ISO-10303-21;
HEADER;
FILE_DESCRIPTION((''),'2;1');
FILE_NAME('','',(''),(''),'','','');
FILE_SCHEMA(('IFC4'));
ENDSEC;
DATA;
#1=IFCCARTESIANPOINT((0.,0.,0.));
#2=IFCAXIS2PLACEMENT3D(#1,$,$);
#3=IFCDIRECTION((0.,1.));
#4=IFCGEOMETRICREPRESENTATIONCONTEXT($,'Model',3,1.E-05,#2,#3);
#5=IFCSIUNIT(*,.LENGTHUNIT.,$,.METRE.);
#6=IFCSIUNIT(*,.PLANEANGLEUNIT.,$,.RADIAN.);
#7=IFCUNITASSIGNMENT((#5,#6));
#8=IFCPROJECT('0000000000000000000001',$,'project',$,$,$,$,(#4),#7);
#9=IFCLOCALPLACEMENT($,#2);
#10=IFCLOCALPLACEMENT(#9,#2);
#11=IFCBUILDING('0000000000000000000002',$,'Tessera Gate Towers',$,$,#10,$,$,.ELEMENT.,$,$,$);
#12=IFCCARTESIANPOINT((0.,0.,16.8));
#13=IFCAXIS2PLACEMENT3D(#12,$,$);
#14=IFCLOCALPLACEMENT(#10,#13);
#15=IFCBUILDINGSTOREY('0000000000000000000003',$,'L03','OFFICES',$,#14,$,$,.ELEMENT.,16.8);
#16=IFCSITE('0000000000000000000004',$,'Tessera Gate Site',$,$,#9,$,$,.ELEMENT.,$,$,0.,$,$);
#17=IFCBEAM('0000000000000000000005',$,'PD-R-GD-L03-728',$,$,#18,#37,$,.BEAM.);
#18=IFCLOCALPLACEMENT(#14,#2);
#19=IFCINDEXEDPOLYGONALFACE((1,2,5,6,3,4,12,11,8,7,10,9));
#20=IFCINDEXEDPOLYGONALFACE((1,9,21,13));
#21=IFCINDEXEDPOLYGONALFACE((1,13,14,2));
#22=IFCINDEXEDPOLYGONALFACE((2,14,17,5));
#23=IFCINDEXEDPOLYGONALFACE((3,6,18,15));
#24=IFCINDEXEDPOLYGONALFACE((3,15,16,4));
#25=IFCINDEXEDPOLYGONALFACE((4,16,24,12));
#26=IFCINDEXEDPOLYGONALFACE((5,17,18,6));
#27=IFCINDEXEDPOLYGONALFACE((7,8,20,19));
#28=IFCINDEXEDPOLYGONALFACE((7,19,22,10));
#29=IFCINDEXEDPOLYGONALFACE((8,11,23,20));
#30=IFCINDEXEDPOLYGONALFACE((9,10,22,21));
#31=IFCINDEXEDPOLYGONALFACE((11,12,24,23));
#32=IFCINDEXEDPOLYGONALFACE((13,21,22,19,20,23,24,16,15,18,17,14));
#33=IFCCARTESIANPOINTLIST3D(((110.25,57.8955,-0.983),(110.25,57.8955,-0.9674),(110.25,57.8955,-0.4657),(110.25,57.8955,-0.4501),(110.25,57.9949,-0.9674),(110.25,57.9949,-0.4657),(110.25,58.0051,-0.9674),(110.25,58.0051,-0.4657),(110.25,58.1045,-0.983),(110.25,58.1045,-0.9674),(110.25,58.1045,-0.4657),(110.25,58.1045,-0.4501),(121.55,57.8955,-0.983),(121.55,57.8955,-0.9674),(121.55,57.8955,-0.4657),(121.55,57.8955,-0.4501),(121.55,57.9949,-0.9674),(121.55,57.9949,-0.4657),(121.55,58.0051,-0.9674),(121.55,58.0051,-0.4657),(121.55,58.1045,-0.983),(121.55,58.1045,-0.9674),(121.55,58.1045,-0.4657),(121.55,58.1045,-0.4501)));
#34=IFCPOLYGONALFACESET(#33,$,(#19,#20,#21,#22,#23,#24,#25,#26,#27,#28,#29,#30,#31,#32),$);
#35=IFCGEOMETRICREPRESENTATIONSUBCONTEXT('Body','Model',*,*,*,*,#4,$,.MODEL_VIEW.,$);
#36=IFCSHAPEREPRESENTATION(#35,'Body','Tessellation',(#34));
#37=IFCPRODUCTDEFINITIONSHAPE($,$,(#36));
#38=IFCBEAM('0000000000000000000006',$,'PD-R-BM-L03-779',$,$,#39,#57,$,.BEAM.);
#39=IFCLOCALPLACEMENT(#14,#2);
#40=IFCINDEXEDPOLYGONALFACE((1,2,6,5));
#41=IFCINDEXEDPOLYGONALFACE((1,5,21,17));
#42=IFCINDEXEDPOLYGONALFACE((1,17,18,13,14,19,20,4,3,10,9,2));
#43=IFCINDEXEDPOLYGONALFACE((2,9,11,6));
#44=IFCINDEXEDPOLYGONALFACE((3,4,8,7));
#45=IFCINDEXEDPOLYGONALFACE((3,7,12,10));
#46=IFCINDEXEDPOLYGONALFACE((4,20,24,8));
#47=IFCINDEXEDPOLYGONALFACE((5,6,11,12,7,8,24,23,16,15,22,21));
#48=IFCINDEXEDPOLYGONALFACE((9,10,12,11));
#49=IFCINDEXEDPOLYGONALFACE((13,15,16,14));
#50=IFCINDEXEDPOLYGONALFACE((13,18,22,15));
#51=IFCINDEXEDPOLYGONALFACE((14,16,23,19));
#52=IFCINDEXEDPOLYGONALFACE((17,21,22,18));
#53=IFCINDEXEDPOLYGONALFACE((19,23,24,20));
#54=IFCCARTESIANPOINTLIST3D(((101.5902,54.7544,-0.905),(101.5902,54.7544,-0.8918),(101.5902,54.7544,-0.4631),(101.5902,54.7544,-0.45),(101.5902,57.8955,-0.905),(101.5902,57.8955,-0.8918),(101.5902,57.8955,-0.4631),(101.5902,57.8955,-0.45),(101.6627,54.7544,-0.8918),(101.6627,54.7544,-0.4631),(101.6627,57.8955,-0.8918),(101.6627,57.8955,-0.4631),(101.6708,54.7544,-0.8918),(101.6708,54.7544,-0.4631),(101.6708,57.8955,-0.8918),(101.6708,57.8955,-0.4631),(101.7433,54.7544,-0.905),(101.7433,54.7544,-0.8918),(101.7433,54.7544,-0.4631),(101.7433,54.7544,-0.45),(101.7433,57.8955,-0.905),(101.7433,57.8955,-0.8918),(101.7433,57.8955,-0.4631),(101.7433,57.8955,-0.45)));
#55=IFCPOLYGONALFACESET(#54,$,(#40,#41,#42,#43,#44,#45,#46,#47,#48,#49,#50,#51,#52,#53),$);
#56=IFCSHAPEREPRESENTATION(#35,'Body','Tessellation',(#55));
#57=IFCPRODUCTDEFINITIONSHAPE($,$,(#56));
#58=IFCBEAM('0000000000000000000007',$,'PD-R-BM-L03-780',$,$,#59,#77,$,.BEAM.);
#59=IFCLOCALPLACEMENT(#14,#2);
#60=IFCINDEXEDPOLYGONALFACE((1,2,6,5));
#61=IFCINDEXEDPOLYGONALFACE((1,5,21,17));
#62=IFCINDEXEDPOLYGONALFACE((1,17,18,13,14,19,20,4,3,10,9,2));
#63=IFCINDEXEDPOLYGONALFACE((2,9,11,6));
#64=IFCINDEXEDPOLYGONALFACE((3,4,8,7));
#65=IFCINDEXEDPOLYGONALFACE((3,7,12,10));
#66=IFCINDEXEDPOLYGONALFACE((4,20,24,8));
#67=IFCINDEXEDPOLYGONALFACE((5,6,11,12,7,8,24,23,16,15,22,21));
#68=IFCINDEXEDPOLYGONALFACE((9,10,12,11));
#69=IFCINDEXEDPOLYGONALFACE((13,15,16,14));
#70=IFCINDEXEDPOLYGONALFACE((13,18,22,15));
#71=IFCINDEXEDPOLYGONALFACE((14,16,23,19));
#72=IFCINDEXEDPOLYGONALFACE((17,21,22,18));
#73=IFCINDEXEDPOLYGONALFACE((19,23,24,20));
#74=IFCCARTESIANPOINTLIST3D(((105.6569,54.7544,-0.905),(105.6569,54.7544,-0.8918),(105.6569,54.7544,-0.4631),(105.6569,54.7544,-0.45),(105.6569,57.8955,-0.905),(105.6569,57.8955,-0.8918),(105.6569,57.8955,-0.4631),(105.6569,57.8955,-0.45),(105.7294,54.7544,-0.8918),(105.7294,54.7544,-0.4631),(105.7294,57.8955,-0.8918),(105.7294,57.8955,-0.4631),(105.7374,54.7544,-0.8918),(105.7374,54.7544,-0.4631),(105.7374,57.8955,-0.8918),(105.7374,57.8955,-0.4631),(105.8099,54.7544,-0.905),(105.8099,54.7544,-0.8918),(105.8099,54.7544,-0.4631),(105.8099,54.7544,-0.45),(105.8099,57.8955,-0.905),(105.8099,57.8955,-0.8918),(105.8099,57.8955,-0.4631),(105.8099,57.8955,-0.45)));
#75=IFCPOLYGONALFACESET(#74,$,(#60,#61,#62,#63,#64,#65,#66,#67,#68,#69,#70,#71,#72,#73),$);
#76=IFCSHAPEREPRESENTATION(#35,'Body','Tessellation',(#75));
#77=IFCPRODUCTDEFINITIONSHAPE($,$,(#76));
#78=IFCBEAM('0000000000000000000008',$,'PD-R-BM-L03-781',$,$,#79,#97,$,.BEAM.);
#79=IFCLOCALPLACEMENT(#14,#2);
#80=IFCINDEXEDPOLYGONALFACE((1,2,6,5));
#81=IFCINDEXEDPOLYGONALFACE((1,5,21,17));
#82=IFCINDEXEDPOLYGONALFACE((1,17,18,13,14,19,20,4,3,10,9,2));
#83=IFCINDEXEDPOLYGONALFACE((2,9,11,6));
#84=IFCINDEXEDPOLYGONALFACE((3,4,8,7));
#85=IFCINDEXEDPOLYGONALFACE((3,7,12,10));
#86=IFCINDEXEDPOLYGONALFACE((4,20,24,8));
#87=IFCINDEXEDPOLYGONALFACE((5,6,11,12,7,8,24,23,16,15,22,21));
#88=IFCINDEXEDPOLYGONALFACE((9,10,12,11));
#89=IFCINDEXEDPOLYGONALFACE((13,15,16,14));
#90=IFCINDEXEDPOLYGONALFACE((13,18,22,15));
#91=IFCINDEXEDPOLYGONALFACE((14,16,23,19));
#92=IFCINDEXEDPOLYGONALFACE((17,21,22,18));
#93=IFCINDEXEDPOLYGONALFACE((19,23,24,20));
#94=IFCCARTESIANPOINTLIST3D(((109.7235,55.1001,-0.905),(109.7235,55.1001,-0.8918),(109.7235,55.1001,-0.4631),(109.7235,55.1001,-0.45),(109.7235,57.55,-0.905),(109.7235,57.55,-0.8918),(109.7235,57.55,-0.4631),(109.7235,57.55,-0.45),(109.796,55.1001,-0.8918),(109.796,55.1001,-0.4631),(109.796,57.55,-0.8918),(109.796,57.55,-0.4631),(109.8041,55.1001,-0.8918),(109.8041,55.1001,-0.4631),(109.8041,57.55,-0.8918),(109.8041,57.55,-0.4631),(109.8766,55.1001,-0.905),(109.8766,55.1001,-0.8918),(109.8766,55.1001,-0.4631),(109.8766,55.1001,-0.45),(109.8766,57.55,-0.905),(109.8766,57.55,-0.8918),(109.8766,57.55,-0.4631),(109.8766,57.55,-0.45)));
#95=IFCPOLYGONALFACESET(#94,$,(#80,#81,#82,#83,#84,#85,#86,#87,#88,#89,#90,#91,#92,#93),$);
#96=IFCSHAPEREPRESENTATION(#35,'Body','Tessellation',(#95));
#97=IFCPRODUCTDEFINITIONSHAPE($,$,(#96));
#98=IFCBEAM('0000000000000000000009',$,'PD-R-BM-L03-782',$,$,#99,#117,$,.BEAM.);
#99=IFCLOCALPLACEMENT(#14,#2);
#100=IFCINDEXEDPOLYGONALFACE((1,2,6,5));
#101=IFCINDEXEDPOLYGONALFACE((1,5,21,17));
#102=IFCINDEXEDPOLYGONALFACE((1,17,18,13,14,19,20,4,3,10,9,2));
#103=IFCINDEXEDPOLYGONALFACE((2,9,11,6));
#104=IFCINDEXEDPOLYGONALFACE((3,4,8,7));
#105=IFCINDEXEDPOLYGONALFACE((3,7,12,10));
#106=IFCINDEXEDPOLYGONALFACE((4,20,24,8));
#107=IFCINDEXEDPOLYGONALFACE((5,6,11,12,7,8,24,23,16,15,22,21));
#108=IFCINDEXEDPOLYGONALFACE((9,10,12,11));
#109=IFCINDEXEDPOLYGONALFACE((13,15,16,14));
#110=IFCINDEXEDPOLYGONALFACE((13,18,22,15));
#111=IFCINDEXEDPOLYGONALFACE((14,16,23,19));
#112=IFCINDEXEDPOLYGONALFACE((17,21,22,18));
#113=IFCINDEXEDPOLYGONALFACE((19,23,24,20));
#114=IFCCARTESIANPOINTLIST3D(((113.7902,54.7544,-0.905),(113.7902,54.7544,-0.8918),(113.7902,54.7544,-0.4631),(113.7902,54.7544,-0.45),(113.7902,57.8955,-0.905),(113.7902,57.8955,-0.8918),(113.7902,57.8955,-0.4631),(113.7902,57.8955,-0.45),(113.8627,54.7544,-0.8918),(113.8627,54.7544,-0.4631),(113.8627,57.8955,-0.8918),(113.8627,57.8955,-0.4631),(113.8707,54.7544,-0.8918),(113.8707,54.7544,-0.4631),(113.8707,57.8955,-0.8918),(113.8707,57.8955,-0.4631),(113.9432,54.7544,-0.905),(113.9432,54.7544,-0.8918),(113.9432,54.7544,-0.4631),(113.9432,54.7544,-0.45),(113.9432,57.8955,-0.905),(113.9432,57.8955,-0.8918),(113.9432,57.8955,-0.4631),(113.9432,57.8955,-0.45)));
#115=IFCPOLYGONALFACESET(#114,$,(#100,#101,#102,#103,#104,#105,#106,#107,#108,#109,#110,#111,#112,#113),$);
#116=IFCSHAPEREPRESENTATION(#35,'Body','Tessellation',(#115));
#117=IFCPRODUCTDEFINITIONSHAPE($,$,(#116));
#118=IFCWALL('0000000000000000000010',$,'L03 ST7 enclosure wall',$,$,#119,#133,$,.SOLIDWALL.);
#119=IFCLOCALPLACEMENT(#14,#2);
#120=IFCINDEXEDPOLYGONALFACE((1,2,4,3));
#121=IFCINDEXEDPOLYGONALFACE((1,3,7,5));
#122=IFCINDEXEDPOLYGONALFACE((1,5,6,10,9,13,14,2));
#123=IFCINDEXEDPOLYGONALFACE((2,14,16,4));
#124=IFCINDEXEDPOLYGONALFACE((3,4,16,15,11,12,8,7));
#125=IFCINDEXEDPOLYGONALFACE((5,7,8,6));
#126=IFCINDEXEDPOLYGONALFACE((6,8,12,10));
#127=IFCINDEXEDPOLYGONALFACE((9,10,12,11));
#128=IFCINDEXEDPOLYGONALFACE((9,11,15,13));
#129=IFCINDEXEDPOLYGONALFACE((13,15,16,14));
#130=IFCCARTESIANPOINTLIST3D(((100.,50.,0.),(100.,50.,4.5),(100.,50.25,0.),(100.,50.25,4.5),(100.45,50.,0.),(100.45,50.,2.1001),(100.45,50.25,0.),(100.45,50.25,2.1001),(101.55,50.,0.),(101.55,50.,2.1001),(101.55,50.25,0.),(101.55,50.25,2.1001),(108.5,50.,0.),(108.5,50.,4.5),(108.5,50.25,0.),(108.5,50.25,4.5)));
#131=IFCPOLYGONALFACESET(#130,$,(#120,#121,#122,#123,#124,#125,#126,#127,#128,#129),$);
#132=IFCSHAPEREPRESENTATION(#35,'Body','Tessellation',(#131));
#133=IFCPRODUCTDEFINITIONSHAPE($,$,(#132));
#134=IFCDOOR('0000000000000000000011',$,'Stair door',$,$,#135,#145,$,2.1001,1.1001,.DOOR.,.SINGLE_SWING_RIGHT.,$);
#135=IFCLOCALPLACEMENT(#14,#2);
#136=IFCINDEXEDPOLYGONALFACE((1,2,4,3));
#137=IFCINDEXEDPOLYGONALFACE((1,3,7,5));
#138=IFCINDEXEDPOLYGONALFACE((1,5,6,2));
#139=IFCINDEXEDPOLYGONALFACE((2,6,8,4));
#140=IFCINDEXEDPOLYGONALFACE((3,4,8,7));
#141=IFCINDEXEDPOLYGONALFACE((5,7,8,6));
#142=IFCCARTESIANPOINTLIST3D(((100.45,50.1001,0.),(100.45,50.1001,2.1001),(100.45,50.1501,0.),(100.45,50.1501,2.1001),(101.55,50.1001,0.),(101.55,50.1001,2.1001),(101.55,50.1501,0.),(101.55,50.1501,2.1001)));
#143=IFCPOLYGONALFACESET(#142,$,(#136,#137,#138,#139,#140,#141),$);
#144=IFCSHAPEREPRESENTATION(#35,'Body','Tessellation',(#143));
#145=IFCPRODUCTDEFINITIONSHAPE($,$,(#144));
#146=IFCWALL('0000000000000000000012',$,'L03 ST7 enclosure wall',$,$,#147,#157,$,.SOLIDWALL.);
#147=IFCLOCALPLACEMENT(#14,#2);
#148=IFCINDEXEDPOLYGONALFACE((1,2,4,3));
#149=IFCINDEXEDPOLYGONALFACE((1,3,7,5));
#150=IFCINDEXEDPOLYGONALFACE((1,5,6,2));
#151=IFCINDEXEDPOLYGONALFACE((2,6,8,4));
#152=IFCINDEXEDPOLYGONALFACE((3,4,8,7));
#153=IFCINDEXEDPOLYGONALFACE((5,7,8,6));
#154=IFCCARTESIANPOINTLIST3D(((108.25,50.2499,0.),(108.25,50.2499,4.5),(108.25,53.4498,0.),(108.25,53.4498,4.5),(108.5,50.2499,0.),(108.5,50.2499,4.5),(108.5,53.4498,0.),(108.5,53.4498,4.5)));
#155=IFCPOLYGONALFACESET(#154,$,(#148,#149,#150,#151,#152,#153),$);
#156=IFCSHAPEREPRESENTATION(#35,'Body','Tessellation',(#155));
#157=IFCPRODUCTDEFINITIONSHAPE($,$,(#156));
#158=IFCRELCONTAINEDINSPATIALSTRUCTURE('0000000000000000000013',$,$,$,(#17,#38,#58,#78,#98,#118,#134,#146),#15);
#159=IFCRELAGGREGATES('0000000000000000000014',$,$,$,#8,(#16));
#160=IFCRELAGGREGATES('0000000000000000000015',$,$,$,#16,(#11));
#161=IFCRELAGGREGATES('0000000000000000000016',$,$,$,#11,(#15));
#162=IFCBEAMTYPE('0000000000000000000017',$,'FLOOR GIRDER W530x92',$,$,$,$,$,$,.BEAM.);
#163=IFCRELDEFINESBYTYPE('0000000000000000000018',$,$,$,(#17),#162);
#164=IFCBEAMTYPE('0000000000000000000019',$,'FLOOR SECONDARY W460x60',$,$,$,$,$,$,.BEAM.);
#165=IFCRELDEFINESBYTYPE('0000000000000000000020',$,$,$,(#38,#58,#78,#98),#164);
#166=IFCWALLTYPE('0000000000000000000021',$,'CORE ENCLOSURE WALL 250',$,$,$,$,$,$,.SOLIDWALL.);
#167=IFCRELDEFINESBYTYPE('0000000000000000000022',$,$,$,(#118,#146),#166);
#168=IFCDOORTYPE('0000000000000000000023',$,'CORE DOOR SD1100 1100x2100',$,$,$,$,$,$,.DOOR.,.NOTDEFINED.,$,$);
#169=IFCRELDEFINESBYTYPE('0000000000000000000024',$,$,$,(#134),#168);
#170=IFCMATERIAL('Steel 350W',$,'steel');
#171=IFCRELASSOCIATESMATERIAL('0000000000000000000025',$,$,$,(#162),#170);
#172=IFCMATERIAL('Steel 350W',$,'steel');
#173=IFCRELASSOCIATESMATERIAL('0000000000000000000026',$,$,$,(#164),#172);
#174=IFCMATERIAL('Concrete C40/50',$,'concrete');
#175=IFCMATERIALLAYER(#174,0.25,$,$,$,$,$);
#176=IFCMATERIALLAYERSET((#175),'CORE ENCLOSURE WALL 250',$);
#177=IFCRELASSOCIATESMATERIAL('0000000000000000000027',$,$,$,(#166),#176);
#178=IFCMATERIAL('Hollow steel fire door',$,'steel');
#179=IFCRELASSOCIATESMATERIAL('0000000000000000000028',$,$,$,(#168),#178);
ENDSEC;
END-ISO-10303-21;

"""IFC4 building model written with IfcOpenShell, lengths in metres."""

from ifc_helpers import new_model, si_unit, direction, frame, frame_2d, origin, origin_2d, place, context, subcontext, project, spatial, rectangle, i_section, extrude, source, transform, mapped, material, layer, layer_set, material_profile, profile_set, type_object, element, fill, save


model = new_model("IFC4")

# Units and contexts
model_context = context("Model", 3, precision=1e-05, world=origin(), true_north=direction((0.0, 1.0)))
body_context = subcontext(model_context, "Body", "Model", "MODEL_VIEW")
ifc_project = project(units=[si_unit("LENGTHUNIT", "METRE"), si_unit("PLANEANGLEUNIT", "RADIAN")], contexts=[model_context])

# Site, building, storey
site_placement = place(None, origin())
site = spatial("IfcSite", under=ifc_project, at=site_placement, Name="Tessera Gate Site", CompositionType="ELEMENT", RefElevation=0.0)
building_placement = place(site_placement, origin())
building = spatial("IfcBuilding", under=site, at=building_placement, Name="Tessera Gate Towers", CompositionType="ELEMENT")
storey_placement = place(building_placement, frame((0.0, 0.0, 16.8)))
storey = spatial("IfcBuildingStorey", under=building, at=storey_placement, Name="L03", Description="OFFICES", CompositionType="ELEMENT", Elevation=16.8)

# Beams
ifc_material_1 = material(Name="Steel 350W", Category="steel")
ifc_material_profile_1 = material_profile(ifc_material_1, i_section(OverallWidth=0.209, OverallDepth=0.533, WebThickness=0.0103, FlangeThickness=0.0156, at=origin_2d()), Name="W530x92")
ifc_profile_set_1 = profile_set([ifc_material_profile_1], Name="Steel 350W")
beam_type_1 = type_object("IfcBeamType", Name="FLOOR GIRDER W530x92", PredefinedType="BEAM", material=ifc_profile_set_1)
beam_1_placement = place(storey_placement, frame((110.25, 58.0, -0.7166), z_axis=(1.0, 0.0, 0.0), x_axis=(0.0, 1.0, 0.0)))
element("IfcBeam", 1, at=beam_1_placement, inside=storey, type_object=beam_type_1, Name="PD-R-GD-L03-728", PredefinedType="BEAM", context=body_context, shape_type="SweptSolid", body=[
    extrude(i_section(OverallWidth=0.209, OverallDepth=0.533, WebThickness=0.0103, FlangeThickness=0.0156, at=origin_2d()), origin(), (0.0, 0.0, 1.0), 11.3),
])
ifc_material_2 = material(Name="Steel 350W", Category="steel")
ifc_material_profile_2 = material_profile(ifc_material_2, i_section(OverallWidth=0.1531, OverallDepth=0.4551, WebThickness=0.0081, FlangeThickness=0.0132, at=origin_2d()), Name="W460x60")
ifc_profile_set_2 = profile_set([ifc_material_profile_2], Name="Steel 350W")
beam_type_2 = type_object("IfcBeamType", Name="FLOOR SECONDARY W460x60", PredefinedType="BEAM", material=ifc_profile_set_2)
for number, where, z_axis, x_axis, name in (
    (2, (101.6667, 54.7544, -0.6775), (0.0, 1.0, 0.0), (-1.0, 0.0, 0.0), "PD-R-BM-L03-779"),
    (3, (105.7334, 54.7544, -0.6775), (0.0, 1.0, 0.0), (-1.0, 0.0, 0.0), "PD-R-BM-L03-780"),
):
    element("IfcBeam", number, at=place(storey_placement, frame(where, z_axis=z_axis, x_axis=x_axis)), inside=storey, type_object=beam_type_2, Name=name, PredefinedType="BEAM", context=body_context, shape_type="SweptSolid", body=[
        extrude(i_section(OverallWidth=0.1531, OverallDepth=0.4551, WebThickness=0.0081, FlangeThickness=0.0132, at=origin_2d()), origin(), (0.0, 0.0, 1.0), 3.1411),
    ])
beam_2_placement = place(storey_placement, frame((109.8, 55.1001, -0.6775), z_axis=(0.0, 1.0, 0.0), x_axis=(-1.0, 0.0, 0.0)))
element("IfcBeam", 4, at=beam_2_placement, inside=storey, type_object=beam_type_2, Name="PD-R-BM-L03-781", PredefinedType="BEAM", context=body_context, shape_type="SweptSolid", body=[
    extrude(i_section(OverallWidth=0.1531, OverallDepth=0.4551, WebThickness=0.0081, FlangeThickness=0.0132, at=origin_2d()), origin(), (0.0, 0.0, 1.0), 2.45),
])
beam_3_placement = place(storey_placement, frame((113.8667, 54.7544, -0.6775), z_axis=(0.0, 1.0, 0.0), x_axis=(-1.0, 0.0, 0.0)))
element("IfcBeam", 5, at=beam_3_placement, inside=storey, type_object=beam_type_2, Name="PD-R-BM-L03-782", PredefinedType="BEAM", context=body_context, shape_type="SweptSolid", body=[
    extrude(i_section(OverallWidth=0.1531, OverallDepth=0.4551, WebThickness=0.0081, FlangeThickness=0.0132, at=origin_2d()), origin(), (0.0, 0.0, 1.0), 3.1411),
])

# Wall, opening, door
ifc_material_3 = material(Name="Concrete C40/50", Category="concrete")
ifc_layer_1 = layer(ifc_material_3, 0.25)
ifc_layer_set_1 = layer_set([ifc_layer_1], Name="CORE ENCLOSURE WALL 250")
wall_type_1 = type_object("IfcWallType", Name="CORE ENCLOSURE WALL 250", PredefinedType="SOLIDWALL", material=ifc_layer_set_1)
wall_1_placement = place(storey_placement, frame((108.5, 50.125, 0.0), z_axis=(0.0, 0.0, 1.0), x_axis=(-1.0, 0.0, 0.0)))
wall_1 = element("IfcWall", 6, at=wall_1_placement, inside=storey, type_object=wall_type_1, Name="L03 ST7 enclosure wall", PredefinedType="SOLIDWALL", context=body_context, shape_type="SweptSolid", body=[
    extrude(rectangle(XDim=8.5, YDim=0.25, at=frame_2d((4.25, 0.0))), origin(), (0.0, 0.0, 1.0), 4.5),
])
shared_shape_1 = source(origin(), body_context, "Body", "SweptSolid", [
    extrude(rectangle(XDim=1.1001, YDim=2.1001, at=frame_2d((0.55, 1.05))), frame((0.0, 0.135, 0.0), z_axis=(0.0, -1.0, 0.0), x_axis=(1.0, 0.0, 0.0)), (0.0, 0.0, 1.0), 0.27),
])
opening_1_placement = place(wall_1_placement, frame((6.95, 0.0, 0.0)))
opening_1 = element("IfcOpeningElement", 7, at=opening_1_placement, cuts=wall_1, PredefinedType="OPENING", context=body_context, shape_type="MappedRepresentation", body=[
    mapped(shared_shape_1, transform((0.0, 0.0, 0.0), scale=1.0)),
])
ifc_material_4 = material(Name="Hollow steel fire door", Category="steel")
door_type_1 = type_object("IfcDoorType", Name="CORE DOOR SD1100 1100x2100", OperationType="NOTDEFINED", PredefinedType="DOOR", material=ifc_material_4)
shared_shape_2 = source(origin(), body_context, "Body", "SweptSolid", [
    extrude(rectangle(XDim=1.1001, YDim=2.1001, at=frame_2d((0.55, 1.05))), frame((0.0, 0.0249, 0.0), z_axis=(0.0, -1.0, 0.0), x_axis=(1.0, 0.0, 0.0)), (0.0, 0.0, 1.0), 0.05),
])
door_1_placement = place(opening_1_placement, origin())
door_1 = element("IfcDoor", 8, at=door_1_placement, inside=storey, type_object=door_type_1, Name="Stair door", OperationType="SINGLE_SWING_RIGHT", OverallHeight=2.1001, OverallWidth=1.1001, PredefinedType="DOOR", context=body_context, shape_type="MappedRepresentation", body=[
    mapped(shared_shape_2, transform((0.0, 0.0, 0.0), scale=1.0)),
])
fill(opening_1, door_1)

# Wall
wall_2_placement = place(storey_placement, frame((108.375, 53.45, 0.0), z_axis=(0.0, 0.0, 1.0), x_axis=(0.0, -1.0, 0.0)))
element("IfcWall", 9, at=wall_2_placement, inside=storey, type_object=wall_type_1, Name="L03 ST7 enclosure wall", PredefinedType="SOLIDWALL", context=body_context, shape_type="SweptSolid", body=[
    extrude(rectangle(XDim=3.2, YDim=0.25, at=frame_2d((1.6001, 0.0))), origin(), (0.0, 0.0, 1.0), 4.5),
])

save(model, "model.ifc")
